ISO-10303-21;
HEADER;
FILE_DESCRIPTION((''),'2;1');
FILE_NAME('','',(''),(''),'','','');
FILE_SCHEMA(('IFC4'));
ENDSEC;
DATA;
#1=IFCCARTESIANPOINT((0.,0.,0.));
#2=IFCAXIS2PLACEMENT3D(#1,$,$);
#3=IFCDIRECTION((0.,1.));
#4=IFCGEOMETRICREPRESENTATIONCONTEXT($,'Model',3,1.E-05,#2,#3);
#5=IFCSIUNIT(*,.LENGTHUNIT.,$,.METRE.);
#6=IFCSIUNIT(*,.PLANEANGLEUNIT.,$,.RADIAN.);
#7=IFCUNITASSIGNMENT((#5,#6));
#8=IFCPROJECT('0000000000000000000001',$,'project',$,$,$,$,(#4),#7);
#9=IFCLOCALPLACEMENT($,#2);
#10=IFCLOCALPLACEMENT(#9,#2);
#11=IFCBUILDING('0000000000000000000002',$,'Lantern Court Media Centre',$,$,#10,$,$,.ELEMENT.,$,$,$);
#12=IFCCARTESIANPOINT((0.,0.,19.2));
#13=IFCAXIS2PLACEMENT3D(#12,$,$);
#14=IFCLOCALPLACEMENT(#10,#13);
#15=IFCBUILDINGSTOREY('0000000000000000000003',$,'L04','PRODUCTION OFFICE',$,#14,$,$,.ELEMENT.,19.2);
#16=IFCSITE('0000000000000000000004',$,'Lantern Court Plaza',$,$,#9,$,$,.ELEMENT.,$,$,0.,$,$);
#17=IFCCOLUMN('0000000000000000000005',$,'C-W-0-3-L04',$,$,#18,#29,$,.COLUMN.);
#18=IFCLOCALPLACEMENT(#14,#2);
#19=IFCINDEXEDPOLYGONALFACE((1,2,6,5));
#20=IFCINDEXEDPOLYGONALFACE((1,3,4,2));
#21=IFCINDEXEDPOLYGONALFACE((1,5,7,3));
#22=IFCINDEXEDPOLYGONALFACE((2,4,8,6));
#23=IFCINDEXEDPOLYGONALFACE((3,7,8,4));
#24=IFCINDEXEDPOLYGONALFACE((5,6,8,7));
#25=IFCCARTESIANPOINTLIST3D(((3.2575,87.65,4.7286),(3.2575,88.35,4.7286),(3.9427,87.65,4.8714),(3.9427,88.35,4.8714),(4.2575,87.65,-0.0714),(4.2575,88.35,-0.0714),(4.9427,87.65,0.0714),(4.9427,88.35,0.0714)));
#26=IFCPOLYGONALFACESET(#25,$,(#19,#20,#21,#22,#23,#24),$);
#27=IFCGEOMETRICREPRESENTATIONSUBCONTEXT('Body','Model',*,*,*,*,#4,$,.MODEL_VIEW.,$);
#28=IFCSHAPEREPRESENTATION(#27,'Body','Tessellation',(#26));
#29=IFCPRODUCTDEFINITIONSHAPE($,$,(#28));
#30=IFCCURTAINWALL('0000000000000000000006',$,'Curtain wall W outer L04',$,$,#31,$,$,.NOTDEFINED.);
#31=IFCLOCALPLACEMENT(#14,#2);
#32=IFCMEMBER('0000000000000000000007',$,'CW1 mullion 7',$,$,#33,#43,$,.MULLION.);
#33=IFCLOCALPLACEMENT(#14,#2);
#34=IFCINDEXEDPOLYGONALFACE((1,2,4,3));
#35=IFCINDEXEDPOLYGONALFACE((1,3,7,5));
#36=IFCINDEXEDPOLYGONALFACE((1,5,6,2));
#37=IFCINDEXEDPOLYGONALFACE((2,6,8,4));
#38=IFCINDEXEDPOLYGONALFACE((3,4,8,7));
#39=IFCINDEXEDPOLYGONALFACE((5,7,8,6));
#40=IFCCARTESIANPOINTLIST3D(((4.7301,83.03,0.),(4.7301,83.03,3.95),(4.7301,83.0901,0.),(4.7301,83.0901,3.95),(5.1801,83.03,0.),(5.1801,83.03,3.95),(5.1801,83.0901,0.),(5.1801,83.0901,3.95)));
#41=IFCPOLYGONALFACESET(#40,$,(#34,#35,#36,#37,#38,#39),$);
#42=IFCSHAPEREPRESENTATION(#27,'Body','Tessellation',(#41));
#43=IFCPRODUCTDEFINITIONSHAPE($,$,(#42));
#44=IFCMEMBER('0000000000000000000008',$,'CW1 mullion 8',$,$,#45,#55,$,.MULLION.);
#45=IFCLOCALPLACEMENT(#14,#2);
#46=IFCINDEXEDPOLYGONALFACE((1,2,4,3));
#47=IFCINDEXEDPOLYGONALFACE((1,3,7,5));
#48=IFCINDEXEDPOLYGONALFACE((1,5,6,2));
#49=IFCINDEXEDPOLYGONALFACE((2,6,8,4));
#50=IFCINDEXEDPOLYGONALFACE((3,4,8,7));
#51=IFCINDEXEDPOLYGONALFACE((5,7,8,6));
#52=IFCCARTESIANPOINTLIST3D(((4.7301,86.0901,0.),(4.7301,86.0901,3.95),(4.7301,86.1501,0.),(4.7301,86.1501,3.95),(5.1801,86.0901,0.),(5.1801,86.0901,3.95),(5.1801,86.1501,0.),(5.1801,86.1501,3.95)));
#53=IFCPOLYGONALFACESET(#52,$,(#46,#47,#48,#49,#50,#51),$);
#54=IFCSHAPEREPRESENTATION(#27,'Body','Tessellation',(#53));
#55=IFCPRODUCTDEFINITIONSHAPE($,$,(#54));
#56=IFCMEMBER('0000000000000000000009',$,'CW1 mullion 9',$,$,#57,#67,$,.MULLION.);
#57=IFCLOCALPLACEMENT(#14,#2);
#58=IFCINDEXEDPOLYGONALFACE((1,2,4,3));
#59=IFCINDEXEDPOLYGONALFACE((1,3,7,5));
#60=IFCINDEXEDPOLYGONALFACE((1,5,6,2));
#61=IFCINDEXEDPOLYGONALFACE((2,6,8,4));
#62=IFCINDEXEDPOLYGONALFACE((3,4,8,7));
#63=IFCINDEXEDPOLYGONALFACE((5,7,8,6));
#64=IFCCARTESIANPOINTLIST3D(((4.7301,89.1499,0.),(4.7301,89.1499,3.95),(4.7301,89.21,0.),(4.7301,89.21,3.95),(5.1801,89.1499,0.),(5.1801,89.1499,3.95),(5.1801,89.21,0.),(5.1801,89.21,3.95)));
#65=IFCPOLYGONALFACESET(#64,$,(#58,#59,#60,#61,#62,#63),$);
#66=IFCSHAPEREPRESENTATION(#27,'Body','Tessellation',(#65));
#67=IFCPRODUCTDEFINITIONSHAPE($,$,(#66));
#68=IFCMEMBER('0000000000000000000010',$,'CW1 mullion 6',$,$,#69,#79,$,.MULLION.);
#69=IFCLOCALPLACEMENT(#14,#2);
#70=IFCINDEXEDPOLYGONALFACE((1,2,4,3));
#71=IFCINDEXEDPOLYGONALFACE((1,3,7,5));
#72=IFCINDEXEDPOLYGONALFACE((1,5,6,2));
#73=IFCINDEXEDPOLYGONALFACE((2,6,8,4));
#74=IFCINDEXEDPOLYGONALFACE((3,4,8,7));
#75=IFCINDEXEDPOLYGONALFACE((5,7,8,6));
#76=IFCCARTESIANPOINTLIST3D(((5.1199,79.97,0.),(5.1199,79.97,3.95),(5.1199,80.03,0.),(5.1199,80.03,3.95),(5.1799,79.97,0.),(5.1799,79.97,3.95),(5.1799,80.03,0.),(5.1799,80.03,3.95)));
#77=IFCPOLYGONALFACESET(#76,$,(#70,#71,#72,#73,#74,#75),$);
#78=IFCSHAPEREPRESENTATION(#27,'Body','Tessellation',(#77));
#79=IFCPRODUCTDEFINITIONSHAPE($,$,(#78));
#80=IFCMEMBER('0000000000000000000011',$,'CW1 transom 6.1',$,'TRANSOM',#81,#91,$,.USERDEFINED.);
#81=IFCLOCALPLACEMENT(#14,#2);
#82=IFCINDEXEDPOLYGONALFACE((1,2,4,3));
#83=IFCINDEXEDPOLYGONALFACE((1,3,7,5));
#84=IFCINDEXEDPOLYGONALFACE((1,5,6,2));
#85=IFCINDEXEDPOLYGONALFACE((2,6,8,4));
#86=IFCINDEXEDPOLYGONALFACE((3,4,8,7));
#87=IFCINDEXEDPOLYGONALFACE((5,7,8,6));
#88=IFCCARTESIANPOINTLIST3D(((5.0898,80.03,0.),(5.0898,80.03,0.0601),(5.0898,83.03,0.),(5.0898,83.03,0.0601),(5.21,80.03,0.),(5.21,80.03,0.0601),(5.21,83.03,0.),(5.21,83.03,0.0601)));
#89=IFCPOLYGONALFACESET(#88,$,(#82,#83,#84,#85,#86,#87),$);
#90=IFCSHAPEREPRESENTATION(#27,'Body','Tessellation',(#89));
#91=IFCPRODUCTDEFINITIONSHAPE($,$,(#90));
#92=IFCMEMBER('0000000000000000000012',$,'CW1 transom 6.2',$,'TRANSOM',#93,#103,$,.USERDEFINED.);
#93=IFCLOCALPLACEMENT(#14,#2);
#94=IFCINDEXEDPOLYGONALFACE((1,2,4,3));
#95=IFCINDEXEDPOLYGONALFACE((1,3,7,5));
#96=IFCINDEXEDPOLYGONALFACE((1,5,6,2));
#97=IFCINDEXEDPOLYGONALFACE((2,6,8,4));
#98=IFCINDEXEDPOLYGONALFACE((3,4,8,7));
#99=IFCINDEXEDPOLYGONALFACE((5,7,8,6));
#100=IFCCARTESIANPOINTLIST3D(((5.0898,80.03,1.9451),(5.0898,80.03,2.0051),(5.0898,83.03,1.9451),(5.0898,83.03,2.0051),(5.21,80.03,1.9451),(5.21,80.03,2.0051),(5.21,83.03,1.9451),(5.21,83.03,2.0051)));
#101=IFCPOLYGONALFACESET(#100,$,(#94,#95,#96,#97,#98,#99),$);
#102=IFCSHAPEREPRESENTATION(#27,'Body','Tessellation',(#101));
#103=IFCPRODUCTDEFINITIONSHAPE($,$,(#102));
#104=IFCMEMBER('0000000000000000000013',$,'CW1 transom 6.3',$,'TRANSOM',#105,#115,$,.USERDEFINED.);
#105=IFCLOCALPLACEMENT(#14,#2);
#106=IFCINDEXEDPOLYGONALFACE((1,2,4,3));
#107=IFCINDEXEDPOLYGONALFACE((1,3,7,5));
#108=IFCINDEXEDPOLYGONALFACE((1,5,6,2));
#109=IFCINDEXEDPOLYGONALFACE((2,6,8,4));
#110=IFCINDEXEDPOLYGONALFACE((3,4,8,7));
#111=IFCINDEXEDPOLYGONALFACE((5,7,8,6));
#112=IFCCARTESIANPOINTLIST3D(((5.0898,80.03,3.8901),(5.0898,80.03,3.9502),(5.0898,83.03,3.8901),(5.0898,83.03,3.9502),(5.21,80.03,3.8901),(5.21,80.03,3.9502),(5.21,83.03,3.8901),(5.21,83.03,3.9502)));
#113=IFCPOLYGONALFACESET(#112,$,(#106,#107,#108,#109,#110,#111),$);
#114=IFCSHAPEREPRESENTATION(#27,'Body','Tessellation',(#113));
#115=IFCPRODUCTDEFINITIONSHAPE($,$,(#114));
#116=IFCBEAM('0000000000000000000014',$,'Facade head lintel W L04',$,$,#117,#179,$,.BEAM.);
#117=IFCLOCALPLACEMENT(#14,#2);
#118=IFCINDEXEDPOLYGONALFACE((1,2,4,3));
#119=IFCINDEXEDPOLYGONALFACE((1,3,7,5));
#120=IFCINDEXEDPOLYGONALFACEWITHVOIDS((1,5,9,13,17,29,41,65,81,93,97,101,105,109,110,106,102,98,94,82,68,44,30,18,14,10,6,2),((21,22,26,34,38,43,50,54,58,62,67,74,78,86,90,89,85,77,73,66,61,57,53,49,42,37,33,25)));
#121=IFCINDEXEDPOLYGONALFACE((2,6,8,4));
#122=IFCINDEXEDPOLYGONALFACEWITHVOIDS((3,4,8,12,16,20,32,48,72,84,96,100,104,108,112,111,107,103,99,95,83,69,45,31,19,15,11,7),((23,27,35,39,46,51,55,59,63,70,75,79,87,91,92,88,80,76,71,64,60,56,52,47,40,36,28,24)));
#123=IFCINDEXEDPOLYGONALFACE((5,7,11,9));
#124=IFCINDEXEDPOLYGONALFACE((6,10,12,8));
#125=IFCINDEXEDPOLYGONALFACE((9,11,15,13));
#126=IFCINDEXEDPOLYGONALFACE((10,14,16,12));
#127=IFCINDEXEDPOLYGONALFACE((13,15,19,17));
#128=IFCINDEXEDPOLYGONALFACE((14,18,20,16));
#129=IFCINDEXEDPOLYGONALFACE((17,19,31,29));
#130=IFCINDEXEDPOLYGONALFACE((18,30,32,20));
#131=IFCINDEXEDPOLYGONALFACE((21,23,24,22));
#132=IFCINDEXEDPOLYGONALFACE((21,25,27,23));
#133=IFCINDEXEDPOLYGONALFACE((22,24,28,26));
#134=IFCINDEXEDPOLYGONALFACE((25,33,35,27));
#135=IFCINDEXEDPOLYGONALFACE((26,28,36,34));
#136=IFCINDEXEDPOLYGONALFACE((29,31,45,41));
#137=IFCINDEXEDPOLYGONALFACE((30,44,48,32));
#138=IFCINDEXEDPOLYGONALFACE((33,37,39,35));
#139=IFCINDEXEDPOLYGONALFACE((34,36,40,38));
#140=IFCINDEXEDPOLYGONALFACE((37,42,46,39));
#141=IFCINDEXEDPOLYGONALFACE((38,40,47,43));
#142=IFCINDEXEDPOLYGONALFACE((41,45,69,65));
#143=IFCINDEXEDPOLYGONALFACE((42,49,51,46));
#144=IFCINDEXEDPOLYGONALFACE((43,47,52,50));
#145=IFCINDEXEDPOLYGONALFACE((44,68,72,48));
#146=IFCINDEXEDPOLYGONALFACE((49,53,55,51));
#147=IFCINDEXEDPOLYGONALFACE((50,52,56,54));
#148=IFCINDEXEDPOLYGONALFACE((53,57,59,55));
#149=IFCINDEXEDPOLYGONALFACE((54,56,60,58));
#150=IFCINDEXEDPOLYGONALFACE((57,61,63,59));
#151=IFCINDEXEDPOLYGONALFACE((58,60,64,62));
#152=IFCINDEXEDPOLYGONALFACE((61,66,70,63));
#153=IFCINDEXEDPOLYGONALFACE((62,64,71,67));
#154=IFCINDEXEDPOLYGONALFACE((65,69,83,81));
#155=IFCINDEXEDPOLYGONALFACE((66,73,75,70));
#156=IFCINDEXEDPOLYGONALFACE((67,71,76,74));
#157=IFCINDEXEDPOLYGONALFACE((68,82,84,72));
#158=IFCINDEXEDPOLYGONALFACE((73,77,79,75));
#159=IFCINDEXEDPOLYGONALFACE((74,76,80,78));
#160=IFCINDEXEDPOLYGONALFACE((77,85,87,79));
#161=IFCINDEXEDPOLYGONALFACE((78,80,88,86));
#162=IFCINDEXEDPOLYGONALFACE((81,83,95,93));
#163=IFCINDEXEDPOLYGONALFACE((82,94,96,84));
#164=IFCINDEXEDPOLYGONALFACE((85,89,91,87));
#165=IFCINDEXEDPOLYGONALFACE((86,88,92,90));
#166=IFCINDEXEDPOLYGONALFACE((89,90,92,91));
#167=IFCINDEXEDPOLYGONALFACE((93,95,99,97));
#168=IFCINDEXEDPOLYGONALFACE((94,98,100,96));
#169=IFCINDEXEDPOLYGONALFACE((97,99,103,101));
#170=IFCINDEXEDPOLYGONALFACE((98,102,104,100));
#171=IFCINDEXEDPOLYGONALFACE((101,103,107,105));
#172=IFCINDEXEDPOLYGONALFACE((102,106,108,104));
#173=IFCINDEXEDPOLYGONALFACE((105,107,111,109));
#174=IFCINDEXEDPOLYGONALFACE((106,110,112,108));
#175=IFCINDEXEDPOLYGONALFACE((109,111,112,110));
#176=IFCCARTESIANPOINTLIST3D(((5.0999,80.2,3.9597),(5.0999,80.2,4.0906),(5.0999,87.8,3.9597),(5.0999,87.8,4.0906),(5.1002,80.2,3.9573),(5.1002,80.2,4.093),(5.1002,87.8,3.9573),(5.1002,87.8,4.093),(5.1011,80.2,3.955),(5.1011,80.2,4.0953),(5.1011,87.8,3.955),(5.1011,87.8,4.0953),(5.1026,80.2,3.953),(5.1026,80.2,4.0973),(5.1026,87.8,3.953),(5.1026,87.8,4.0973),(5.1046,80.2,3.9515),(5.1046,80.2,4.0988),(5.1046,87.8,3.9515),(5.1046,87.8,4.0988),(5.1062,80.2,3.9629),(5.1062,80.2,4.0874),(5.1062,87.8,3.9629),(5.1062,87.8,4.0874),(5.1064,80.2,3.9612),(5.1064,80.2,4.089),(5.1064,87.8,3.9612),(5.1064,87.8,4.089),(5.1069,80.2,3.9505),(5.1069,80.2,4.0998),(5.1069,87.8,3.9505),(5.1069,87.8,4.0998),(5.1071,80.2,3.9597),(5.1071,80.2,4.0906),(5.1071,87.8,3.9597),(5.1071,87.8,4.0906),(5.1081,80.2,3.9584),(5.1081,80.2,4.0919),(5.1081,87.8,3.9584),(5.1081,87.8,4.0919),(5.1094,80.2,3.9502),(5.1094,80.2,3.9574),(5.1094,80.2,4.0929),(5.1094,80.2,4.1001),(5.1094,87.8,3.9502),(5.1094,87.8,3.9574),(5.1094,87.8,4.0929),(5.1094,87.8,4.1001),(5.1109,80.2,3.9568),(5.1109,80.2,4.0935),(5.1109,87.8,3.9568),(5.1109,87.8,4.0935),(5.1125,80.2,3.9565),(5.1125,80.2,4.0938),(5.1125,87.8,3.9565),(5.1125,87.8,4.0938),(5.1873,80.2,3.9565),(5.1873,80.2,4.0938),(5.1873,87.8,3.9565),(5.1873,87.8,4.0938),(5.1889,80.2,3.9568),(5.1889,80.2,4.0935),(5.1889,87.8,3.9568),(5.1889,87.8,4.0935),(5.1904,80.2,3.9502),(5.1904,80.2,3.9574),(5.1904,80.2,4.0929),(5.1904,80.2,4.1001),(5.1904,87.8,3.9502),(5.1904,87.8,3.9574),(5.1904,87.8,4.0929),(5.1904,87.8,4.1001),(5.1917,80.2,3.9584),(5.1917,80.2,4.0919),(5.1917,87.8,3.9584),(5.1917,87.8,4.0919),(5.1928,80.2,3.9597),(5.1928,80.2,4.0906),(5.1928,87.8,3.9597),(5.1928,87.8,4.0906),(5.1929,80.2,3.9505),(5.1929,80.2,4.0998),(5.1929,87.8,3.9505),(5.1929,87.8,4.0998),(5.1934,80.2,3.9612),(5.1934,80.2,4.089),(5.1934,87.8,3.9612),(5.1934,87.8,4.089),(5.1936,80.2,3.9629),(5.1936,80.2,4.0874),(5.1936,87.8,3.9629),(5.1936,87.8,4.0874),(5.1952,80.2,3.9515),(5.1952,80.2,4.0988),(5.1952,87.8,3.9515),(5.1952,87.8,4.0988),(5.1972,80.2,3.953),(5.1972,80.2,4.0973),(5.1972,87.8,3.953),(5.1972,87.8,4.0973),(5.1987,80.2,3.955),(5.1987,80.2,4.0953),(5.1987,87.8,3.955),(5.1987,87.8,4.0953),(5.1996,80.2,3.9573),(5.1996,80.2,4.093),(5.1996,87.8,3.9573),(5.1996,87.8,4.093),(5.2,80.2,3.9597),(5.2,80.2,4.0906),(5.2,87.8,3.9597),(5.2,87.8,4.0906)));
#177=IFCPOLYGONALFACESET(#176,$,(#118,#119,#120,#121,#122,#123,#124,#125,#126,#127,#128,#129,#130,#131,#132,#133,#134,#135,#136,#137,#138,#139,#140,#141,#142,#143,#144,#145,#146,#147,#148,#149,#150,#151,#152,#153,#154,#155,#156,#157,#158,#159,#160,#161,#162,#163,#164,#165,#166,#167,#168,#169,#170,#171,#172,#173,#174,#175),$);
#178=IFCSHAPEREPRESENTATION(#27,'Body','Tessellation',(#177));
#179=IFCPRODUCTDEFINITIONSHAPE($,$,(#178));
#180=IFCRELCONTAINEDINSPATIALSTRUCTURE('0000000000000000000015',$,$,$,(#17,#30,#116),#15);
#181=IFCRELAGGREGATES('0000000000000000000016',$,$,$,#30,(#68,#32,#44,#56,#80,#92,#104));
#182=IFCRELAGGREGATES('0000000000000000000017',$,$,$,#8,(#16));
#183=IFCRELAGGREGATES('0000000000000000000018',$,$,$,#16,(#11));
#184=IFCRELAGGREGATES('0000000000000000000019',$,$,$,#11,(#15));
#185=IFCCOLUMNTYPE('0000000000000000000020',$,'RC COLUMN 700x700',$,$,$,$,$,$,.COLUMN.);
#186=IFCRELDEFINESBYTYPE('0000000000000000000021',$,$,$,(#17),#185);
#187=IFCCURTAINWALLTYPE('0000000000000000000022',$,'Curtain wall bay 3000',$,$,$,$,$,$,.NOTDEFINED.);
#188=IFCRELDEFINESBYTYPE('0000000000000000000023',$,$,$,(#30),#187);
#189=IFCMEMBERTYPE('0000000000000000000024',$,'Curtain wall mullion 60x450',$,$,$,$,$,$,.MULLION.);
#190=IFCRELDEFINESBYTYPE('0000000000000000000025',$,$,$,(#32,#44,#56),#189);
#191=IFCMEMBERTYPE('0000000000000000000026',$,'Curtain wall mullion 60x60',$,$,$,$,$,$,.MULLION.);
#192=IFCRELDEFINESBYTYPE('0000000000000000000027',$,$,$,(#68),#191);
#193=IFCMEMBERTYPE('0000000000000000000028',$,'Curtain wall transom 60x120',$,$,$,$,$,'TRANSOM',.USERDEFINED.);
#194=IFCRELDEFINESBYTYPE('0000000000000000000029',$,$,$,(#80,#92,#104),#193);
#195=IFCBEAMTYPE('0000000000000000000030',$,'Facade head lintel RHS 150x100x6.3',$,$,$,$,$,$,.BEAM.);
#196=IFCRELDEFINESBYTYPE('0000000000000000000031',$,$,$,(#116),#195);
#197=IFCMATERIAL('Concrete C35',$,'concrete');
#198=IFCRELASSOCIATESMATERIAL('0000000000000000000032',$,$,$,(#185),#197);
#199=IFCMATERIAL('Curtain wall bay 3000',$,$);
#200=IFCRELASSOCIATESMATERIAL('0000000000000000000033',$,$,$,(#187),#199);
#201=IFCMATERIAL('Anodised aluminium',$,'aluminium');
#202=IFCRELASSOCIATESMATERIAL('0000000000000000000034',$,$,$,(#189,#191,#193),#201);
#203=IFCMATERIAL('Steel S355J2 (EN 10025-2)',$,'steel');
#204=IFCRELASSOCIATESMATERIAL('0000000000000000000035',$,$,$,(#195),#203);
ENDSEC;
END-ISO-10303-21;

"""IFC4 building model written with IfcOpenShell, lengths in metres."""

from ifc_helpers import new_model, si_unit, direction, frame, origin, origin_2d, place, context, subcontext, project, spatial, rectangle, hollow_rectangle, extrude, material, material_profile, profile_set, type_object, element, aggregate, save


model = new_model("IFC4")

# Units and contexts
model_context = context("Model", 3, precision=1e-05, world=origin(), true_north=direction((0.0, 1.0)))
body_context = subcontext(model_context, "Body", "Model", "MODEL_VIEW")
ifc_project = project(units=[si_unit("LENGTHUNIT", "METRE"), si_unit("PLANEANGLEUNIT", "RADIAN")], contexts=[model_context])

# Site, building, storey
site_placement = place(None, origin())
site = spatial("IfcSite", under=ifc_project, at=site_placement, Name="Lantern Court Plaza", CompositionType="ELEMENT", RefElevation=0.0)
building_placement = place(site_placement, origin())
building = spatial("IfcBuilding", under=site, at=building_placement, Name="Lantern Court Media Centre", CompositionType="ELEMENT")
storey_placement = place(building_placement, frame((0.0, 0.0, 19.2)))
storey = spatial("IfcBuildingStorey", under=building, at=storey_placement, Name="L04", Description="PRODUCTION OFFICE", CompositionType="ELEMENT", Elevation=19.2)

# Column
ifc_material_1 = material(Name="Concrete C35", Category="concrete")
ifc_material_profile_1 = material_profile(ifc_material_1, rectangle(XDim=0.7, YDim=0.7, at=origin_2d()), Name="RC 700x700")
ifc_profile_set_1 = profile_set([ifc_material_profile_1], Name="Concrete C35")
column_type = type_object("IfcColumnType", Name="RC COLUMN 700x700", PredefinedType="COLUMN", material=ifc_profile_set_1)
column_placement = place(storey_placement, frame((4.6001, 88.0, 0.0), z_axis=(-0.203952, 0.0, 0.978981), x_axis=(0.0, -1.0, 0.0)))
element("IfcColumn", 1, at=column_placement, inside=storey, type_object=column_type, Name="C-W-0-3-L04", PredefinedType="COLUMN", context=body_context, shape_type="SweptSolid", body=[
    extrude(rectangle(XDim=0.7, YDim=0.7, at=origin_2d()), origin(), (0.0, 0.0, 1.0), 4.9031),
])

# Curtain wall, members
ifc_material_2 = material(Name="Curtain wall bay 3000")
curtain_wall_type = type_object("IfcCurtainWallType", Name="Curtain wall bay 3000", PredefinedType="NOTDEFINED", material=ifc_material_2)
curtain_wall_placement = place(storey_placement, origin())
curtain_wall = element("IfcCurtainWall", 2, at=curtain_wall_placement, inside=storey, type_object=curtain_wall_type, Name="Curtain wall W outer L04", PredefinedType="NOTDEFINED")
ifc_material_3 = material(Name="Anodised aluminium", Category="aluminium")
ifc_material_profile_2 = material_profile(ifc_material_3, rectangle(XDim=0.45, YDim=0.0601, at=origin_2d()), Name="AL 60x450")
ifc_profile_set_2 = profile_set([ifc_material_profile_2], Name="Anodised aluminium")
member_type_1 = type_object("IfcMemberType", Name="Curtain wall mullion 60x450", PredefinedType="MULLION", material=ifc_profile_set_2)
member_1_placement = place(storey_placement, frame((4.9551, 83.0601, 0.0), z_axis=(0.0, 0.0, 1.0), x_axis=(-1.0, 0.0, 0.0)))
member_1 = element("IfcMember", 3, at=member_1_placement, type_object=member_type_1, Name="CW1 mullion 7", PredefinedType="MULLION", context=body_context, shape_type="SweptSolid", body=[
    extrude(rectangle(XDim=0.45, YDim=0.0601, at=origin_2d()), origin(), (0.0, 0.0, 1.0), 3.95),
])
member_2_placement = place(storey_placement, frame((4.9551, 86.1201, 0.0), z_axis=(0.0, 0.0, 1.0), x_axis=(-1.0, 0.0, 0.0)))
member_2 = element("IfcMember", 4, at=member_2_placement, type_object=member_type_1, Name="CW1 mullion 8", PredefinedType="MULLION", context=body_context, shape_type="SweptSolid", body=[
    extrude(rectangle(XDim=0.45, YDim=0.0601, at=origin_2d()), origin(), (0.0, 0.0, 1.0), 3.95),
])
member_3_placement = place(storey_placement, frame((4.9551, 89.1799, 0.0), z_axis=(0.0, 0.0, 1.0), x_axis=(-1.0, 0.0, 0.0)))
member_3 = element("IfcMember", 5, at=member_3_placement, type_object=member_type_1, Name="CW1 mullion 9", PredefinedType="MULLION", context=body_context, shape_type="SweptSolid", body=[
    extrude(rectangle(XDim=0.45, YDim=0.0601, at=origin_2d()), origin(), (0.0, 0.0, 1.0), 3.95),
])
ifc_material_profile_3 = material_profile(ifc_material_3, rectangle(XDim=0.0601, YDim=0.0601, at=origin_2d()), Name="AL 60x60")
ifc_profile_set_3 = profile_set([ifc_material_profile_3], Name="Anodised aluminium")
member_type_2 = type_object("IfcMemberType", Name="Curtain wall mullion 60x60", PredefinedType="MULLION", material=ifc_profile_set_3)
member_4_placement = place(storey_placement, frame((5.1499, 80.0, 0.0), z_axis=(0.0, 0.0, 1.0), x_axis=(-1.0, 0.0, 0.0)))
member_4 = element("IfcMember", 6, at=member_4_placement, type_object=member_type_2, Name="CW1 mullion 6", PredefinedType="MULLION", context=body_context, shape_type="SweptSolid", body=[
    extrude(rectangle(XDim=0.0601, YDim=0.0601, at=origin_2d()), origin(), (0.0, 0.0, 1.0), 3.95),
])
ifc_material_profile_4 = material_profile(ifc_material_3, rectangle(XDim=0.1201, YDim=0.0601, at=origin_2d()), Name="AL 60x120")
ifc_profile_set_4 = profile_set([ifc_material_profile_4], Name="Anodised aluminium")
member_type_3 = type_object("IfcMemberType", Name="Curtain wall transom 60x120", ElementType="TRANSOM", PredefinedType="USERDEFINED", material=ifc_profile_set_4)
member_5_placement = place(storey_placement, frame((5.1499, 80.03, 0.03), z_axis=(0.0, 1.0, 0.0), x_axis=(-1.0, 0.0, 0.0)))
member_5 = element("IfcMember", 7, at=member_5_placement, type_object=member_type_3, Name="CW1 transom 6.1", ObjectType="TRANSOM", PredefinedType="USERDEFINED", context=body_context, shape_type="SweptSolid", body=[
    extrude(rectangle(XDim=0.1201, YDim=0.0601, at=origin_2d()), origin(), (0.0, 0.0, 1.0), 3.0),
])
member_6_placement = place(storey_placement, frame((5.1499, 80.03, 1.9751), z_axis=(0.0, 1.0, 0.0), x_axis=(-1.0, 0.0, 0.0)))
member_6 = element("IfcMember", 8, at=member_6_placement, type_object=member_type_3, Name="CW1 transom 6.2", ObjectType="TRANSOM", PredefinedType="USERDEFINED", context=body_context, shape_type="SweptSolid", body=[
    extrude(rectangle(XDim=0.1201, YDim=0.0601, at=origin_2d()), origin(), (0.0, 0.0, 1.0), 3.0),
])
member_7_placement = place(storey_placement, frame((5.1499, 80.03, 3.9202), z_axis=(0.0, 1.0, 0.0), x_axis=(-1.0, 0.0, 0.0)))
member_7 = element("IfcMember", 9, at=member_7_placement, type_object=member_type_3, Name="CW1 transom 6.3", ObjectType="TRANSOM", PredefinedType="USERDEFINED", context=body_context, shape_type="SweptSolid", body=[
    extrude(rectangle(XDim=0.1201, YDim=0.0601, at=origin_2d()), origin(), (0.0, 0.0, 1.0), 3.0),
])

# Beam
ifc_material_4 = material(Name="Steel S355J2 (EN 10025-2)", Category="steel")
ifc_material_profile_5 = material_profile(ifc_material_4, hollow_rectangle(XDim=0.1001, YDim=0.1499, WallThickness=0.0063, InnerFilletRadius=0.0063, OuterFilletRadius=0.0095, at=origin_2d()), Name="Facade head lintel RHS 150x100x6.3")
ifc_profile_set_5 = profile_set([ifc_material_profile_5], Name="Steel S355J2 (EN 10025-2)")
beam_type_1 = type_object("IfcBeamType", Name="Facade head lintel RHS 150x100x6.3", PredefinedType="BEAM", material=ifc_profile_set_5)
beam_1_placement = place(storey_placement, frame((5.1499, 80.2, 4.0251), z_axis=(0.0, 1.0, 0.0), x_axis=(-1.0, 0.0, 0.0)))
element("IfcBeam", 10, at=beam_1_placement, inside=storey, type_object=beam_type_1, Name="Facade head lintel W L04", PredefinedType="BEAM", context=body_context, shape_type="SweptSolid", body=[
    extrude(hollow_rectangle(XDim=0.1001, YDim=0.1499, WallThickness=0.0063, InnerFilletRadius=0.0063, OuterFilletRadius=0.0095, at=origin_2d()), origin(), (0.0, 0.0, 1.0), 7.6001),
])

aggregate(curtain_wall, [member_4, member_1, member_2, member_3, member_5, member_6, member_7])

save(model, "model.ifc")
